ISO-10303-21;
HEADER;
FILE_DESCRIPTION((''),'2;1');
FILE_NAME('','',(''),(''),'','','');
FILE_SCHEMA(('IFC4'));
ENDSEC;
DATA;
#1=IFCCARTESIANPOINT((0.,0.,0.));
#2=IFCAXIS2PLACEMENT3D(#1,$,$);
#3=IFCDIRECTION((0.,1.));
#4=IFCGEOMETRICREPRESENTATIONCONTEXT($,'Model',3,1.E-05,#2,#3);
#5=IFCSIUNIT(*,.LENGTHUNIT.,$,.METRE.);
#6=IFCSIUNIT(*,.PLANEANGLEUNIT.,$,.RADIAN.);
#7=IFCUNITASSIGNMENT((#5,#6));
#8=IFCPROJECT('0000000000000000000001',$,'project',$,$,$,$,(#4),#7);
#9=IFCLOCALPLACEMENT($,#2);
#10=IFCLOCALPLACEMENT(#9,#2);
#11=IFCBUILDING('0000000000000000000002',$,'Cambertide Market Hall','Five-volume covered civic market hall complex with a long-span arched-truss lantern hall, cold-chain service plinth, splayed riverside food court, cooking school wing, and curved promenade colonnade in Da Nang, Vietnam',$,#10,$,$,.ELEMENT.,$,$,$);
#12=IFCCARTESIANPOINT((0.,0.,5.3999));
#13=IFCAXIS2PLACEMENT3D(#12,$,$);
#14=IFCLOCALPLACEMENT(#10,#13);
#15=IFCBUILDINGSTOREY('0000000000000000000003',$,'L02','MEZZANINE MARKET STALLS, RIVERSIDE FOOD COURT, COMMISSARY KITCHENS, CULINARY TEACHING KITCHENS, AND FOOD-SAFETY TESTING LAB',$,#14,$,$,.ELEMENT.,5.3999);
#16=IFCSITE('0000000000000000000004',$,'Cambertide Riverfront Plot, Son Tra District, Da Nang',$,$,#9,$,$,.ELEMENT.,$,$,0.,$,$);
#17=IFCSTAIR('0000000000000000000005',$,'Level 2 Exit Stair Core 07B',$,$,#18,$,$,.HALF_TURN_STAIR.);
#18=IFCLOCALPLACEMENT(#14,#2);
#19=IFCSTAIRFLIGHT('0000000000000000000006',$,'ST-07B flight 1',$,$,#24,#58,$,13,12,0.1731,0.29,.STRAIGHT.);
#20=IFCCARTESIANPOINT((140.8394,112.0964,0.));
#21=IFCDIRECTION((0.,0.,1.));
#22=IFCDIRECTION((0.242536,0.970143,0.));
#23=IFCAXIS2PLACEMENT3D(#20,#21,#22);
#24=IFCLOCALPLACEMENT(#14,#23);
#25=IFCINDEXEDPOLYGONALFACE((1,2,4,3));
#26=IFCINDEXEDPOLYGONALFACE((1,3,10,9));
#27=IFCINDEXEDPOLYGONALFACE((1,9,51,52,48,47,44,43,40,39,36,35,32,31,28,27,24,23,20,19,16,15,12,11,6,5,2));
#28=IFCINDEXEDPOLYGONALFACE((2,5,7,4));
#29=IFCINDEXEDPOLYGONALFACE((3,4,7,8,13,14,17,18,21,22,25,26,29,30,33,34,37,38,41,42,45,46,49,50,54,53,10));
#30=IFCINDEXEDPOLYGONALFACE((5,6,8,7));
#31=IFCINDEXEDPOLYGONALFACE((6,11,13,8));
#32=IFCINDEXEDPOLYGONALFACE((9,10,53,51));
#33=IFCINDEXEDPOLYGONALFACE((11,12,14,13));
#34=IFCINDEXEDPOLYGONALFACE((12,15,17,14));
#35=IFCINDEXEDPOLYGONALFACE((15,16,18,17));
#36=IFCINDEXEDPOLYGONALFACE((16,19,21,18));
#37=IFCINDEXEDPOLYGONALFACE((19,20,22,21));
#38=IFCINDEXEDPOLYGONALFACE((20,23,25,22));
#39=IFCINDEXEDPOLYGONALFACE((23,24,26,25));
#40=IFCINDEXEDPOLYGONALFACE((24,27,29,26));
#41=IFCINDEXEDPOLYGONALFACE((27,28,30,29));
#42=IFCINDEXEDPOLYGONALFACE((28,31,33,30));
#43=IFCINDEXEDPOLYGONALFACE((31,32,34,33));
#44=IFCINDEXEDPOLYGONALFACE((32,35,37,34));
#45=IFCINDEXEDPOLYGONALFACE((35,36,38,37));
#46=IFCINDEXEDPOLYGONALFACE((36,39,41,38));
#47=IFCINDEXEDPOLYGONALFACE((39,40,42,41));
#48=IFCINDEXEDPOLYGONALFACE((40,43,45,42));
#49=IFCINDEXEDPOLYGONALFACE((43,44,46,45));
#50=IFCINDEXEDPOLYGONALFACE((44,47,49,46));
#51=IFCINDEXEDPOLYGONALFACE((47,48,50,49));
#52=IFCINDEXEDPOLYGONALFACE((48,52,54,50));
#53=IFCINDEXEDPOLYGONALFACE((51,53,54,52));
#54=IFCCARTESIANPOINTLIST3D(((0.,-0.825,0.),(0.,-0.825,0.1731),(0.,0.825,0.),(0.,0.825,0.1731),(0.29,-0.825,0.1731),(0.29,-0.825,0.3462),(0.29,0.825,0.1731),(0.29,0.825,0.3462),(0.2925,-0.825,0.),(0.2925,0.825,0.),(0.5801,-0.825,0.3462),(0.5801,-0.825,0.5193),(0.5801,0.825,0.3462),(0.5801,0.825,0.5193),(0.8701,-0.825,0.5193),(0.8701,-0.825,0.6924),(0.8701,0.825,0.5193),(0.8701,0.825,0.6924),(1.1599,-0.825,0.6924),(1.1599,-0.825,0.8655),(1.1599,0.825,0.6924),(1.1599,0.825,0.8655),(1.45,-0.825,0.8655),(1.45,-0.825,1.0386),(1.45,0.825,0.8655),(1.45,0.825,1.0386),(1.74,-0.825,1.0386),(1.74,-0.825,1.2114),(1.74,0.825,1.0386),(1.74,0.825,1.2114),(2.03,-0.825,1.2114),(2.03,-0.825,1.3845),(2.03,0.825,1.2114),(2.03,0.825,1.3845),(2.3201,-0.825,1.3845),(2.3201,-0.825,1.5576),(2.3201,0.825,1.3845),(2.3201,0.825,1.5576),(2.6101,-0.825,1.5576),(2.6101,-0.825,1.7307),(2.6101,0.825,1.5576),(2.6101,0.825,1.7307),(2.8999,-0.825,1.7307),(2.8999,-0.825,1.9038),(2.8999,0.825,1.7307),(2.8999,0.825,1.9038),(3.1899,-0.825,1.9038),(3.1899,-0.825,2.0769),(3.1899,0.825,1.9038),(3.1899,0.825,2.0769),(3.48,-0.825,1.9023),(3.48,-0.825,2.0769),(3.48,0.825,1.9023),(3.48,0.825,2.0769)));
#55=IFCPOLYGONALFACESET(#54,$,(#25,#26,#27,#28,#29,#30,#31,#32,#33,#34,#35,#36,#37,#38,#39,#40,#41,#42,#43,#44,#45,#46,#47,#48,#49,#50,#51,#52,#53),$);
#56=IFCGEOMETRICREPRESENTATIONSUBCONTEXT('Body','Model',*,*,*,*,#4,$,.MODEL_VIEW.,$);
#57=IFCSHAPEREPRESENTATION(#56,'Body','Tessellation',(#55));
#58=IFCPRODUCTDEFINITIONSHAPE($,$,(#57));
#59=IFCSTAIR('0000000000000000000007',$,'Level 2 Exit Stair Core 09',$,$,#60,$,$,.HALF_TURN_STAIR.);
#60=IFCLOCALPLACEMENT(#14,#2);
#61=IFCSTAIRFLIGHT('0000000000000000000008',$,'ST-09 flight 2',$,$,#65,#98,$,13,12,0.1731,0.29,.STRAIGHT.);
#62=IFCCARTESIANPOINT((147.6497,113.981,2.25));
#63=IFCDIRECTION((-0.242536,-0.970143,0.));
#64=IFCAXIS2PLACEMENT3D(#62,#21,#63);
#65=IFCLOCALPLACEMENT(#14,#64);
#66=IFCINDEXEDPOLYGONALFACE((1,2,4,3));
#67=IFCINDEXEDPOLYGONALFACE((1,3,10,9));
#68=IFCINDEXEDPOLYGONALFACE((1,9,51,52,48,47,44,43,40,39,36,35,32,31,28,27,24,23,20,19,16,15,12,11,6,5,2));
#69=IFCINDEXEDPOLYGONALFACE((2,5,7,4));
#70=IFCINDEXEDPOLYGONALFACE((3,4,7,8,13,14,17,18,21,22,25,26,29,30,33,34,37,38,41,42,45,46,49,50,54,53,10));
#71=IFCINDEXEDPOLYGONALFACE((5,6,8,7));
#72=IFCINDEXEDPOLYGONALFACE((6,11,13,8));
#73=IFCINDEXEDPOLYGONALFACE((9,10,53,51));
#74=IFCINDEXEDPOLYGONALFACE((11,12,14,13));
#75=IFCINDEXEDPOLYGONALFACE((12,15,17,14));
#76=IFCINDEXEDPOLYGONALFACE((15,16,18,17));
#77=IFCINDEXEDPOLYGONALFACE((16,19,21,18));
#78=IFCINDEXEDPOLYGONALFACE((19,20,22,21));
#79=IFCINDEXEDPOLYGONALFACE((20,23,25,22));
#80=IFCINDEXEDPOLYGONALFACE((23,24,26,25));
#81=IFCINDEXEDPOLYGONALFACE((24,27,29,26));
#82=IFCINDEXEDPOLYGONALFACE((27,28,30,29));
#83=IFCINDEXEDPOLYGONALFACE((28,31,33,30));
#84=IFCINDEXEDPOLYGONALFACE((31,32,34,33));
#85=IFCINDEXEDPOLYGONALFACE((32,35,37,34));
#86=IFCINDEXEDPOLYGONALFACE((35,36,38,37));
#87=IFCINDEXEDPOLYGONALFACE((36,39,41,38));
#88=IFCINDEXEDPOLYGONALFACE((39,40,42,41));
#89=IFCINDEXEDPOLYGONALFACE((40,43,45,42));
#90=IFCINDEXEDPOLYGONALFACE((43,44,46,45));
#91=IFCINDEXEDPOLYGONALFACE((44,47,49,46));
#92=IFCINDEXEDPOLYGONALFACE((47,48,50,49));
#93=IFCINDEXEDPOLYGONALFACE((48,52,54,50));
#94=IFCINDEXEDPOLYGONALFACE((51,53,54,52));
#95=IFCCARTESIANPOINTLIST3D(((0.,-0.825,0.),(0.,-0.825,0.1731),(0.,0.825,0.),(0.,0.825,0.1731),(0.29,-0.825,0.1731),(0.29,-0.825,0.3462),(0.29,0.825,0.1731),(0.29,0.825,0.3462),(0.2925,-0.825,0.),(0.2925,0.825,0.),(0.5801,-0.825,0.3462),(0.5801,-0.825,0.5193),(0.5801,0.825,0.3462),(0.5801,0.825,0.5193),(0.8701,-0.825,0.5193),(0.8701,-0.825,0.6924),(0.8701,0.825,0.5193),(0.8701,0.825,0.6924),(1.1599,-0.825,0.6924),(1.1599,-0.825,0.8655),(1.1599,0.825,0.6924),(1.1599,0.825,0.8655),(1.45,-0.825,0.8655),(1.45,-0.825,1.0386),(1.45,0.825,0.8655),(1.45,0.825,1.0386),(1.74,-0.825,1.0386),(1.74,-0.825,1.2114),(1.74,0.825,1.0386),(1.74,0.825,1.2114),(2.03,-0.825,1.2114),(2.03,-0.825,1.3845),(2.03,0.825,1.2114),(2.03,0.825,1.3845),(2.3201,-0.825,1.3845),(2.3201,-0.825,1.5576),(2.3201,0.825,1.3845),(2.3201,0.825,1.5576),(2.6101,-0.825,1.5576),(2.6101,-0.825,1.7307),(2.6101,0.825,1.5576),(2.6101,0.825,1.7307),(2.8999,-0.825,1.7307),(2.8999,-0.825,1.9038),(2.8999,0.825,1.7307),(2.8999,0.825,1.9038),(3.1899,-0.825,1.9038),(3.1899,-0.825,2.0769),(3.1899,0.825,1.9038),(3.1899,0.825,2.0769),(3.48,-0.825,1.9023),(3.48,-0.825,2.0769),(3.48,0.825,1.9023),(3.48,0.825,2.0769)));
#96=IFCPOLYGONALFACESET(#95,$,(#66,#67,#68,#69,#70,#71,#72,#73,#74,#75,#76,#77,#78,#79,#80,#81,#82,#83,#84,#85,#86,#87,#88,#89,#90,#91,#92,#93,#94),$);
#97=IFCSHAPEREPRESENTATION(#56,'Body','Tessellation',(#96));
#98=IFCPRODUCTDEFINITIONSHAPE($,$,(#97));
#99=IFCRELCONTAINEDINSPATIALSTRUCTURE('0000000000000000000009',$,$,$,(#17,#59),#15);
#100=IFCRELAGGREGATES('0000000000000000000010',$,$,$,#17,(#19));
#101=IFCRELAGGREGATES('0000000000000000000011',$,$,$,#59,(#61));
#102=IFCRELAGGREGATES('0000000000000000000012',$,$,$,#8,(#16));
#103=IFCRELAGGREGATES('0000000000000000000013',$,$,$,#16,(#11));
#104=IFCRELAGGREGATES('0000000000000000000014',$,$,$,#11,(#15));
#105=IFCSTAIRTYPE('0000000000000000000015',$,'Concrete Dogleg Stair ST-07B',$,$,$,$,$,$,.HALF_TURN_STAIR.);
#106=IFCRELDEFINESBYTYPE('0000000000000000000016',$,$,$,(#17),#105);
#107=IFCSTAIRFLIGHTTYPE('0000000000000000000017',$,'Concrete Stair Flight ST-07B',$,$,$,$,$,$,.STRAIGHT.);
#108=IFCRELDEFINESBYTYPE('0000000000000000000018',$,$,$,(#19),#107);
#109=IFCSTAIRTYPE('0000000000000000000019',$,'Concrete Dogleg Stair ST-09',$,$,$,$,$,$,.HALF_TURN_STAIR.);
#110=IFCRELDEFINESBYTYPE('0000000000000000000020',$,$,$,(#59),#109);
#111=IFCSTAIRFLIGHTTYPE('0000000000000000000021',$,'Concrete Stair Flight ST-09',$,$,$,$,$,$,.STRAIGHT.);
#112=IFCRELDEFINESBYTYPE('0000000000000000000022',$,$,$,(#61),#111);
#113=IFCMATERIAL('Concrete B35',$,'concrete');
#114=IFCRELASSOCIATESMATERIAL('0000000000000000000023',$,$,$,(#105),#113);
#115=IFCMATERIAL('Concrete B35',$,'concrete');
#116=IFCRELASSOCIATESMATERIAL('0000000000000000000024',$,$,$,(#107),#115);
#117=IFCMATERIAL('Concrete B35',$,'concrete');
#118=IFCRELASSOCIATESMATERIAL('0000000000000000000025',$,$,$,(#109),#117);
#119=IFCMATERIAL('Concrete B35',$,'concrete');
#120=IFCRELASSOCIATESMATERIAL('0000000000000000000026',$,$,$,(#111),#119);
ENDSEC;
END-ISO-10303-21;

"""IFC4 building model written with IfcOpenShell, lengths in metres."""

from ifc_helpers import new_model, si_unit, direction, frame, origin, place, context, subcontext, project, spatial, polyline, outline, extrude, material, type_object, element, aggregate, save


model = new_model("IFC4")

# Units and contexts
model_context = context("Model", 3, precision=1e-05, world=origin(), true_north=direction((0.0, 1.0)))
body_context = subcontext(model_context, "Body", "Model", "MODEL_VIEW")
ifc_project = project(units=[si_unit("LENGTHUNIT", "METRE"), si_unit("PLANEANGLEUNIT", "RADIAN")], contexts=[model_context])

# Site, building, storey
site_placement = place(None, origin())
site = spatial("IfcSite", under=ifc_project, at=site_placement, Name="Cambertide Riverfront Plot, Son Tra District, Da Nang", CompositionType="ELEMENT", RefElevation=0.0)
building_placement = place(site_placement, origin())
building = spatial("IfcBuilding", under=site, at=building_placement, Name="Cambertide Market Hall", Description="Five-volume covered civic market hall complex with a long-span arched-truss lantern hall, cold-chain service plinth, splayed riverside food court, cooking school wing, and curved promenade colonnade in Da Nang, Vietnam", CompositionType="ELEMENT")
storey_placement = place(building_placement, frame((0.0, 0.0, 5.3999)))
storey = spatial("IfcBuildingStorey", under=building, at=storey_placement, Name="L02", Description="MEZZANINE MARKET STALLS, RIVERSIDE FOOD COURT, COMMISSARY KITCHENS, CULINARY TEACHING KITCHENS, AND FOOD-SAFETY TESTING LAB", CompositionType="ELEMENT", Elevation=5.3999)

# Stairs, stair flights
ifc_material_1 = material(Name="Concrete B35", Category="concrete")
stair_type_1 = type_object("IfcStairType", Name="Concrete Dogleg Stair ST-07B", PredefinedType="HALF_TURN_STAIR", material=ifc_material_1)
stair_1_placement = place(storey_placement, origin())
stair_1 = element("IfcStair", 1, at=stair_1_placement, inside=storey, type_object=stair_type_1, Name="Level 2 Exit Stair Core 07B", PredefinedType="HALF_TURN_STAIR")
ifc_material_2 = material(Name="Concrete B35", Category="concrete")
stair_flight_type_1 = type_object("IfcStairFlightType", Name="Concrete Stair Flight ST-07B", PredefinedType="STRAIGHT", material=ifc_material_2)
stair_flight_1_placement = place(storey_placement, frame((140.8394, 112.0964, 0.0), z_axis=(0.0, 0.0, 1.0), x_axis=(0.242536, 0.970143, 0.0)))
stair_flight_1 = element("IfcStairFlight", 2, at=stair_flight_1_placement, type_object=stair_flight_type_1, Name="ST-07B flight 1", NumberOfRisers=13, NumberOfTreads=12, PredefinedType="STRAIGHT", RiserHeight=0.1731, TreadLength=0.29, context=body_context, shape_type="SweptSolid", body=[
    extrude(outline(polyline([(0.0, 0.0), (0.0, 0.1731), (0.29, 0.1731), (0.29, 0.3462), (0.5801, 0.3462), (0.5801, 0.5193), (0.8701, 0.5193), (0.8701, 0.6924), (1.1599, 0.6924), (1.1599, 0.8655), (1.45, 0.8655), (1.45, 1.0386), (1.74, 1.0386), (1.74, 1.2114), (2.03, 1.2114), (2.03, 1.3845), (2.3201, 1.3845), (2.3201, 1.5576), (2.6101, 1.5576), (2.6101, 1.7307), (2.8999, 1.7307), (2.8999, 1.9038), (3.1899, 1.9038), (3.1899, 2.0769), (3.48, 2.0769), (3.48, 2.25), (3.48, 1.9023), (0.2925, 0.0), (0.0, 0.0)])), frame((0.0, 0.825, 0.0), z_axis=(0.0, -1.0, 0.0), x_axis=(1.0, 0.0, 0.0)), (0.0, 0.0, 1.0), 1.6499),
])
aggregate(stair_1, [stair_flight_1])
ifc_material_3 = material(Name="Concrete B35", Category="concrete")
stair_type_2 = type_object("IfcStairType", Name="Concrete Dogleg Stair ST-09", PredefinedType="HALF_TURN_STAIR", material=ifc_material_3)
stair_2_placement = place(storey_placement, origin())
stair_2 = element("IfcStair", 3, at=stair_2_placement, inside=storey, type_object=stair_type_2, Name="Level 2 Exit Stair Core 09", PredefinedType="HALF_TURN_STAIR")
ifc_material_4 = material(Name="Concrete B35", Category="concrete")
stair_flight_type_2 = type_object("IfcStairFlightType", Name="Concrete Stair Flight ST-09", PredefinedType="STRAIGHT", material=ifc_material_4)
stair_flight_2_placement = place(storey_placement, frame((147.6497, 113.981, 2.25), z_axis=(0.0, 0.0, 1.0), x_axis=(-0.242536, -0.970143, 0.0)))
stair_flight_2 = element("IfcStairFlight", 4, at=stair_flight_2_placement, type_object=stair_flight_type_2, Name="ST-09 flight 2", NumberOfRisers=13, NumberOfTreads=12, PredefinedType="STRAIGHT", RiserHeight=0.1731, TreadLength=0.29, context=body_context, shape_type="SweptSolid", body=[
    extrude(outline(polyline([(0.0, 0.0), (0.0, 0.1731), (0.29, 0.1731), (0.29, 0.3462), (0.5801, 0.3462), (0.5801, 0.5193), (0.8701, 0.5193), (0.8701, 0.6924), (1.1599, 0.6924), (1.1599, 0.8655), (1.45, 0.8655), (1.45, 1.0386), (1.74, 1.0386), (1.74, 1.2114), (2.03, 1.2114), (2.03, 1.3845), (2.3201, 1.3845), (2.3201, 1.5576), (2.6101, 1.5576), (2.6101, 1.7307), (2.8999, 1.7307), (2.8999, 1.9038), (3.1899, 1.9038), (3.1899, 2.0769), (3.48, 2.0769), (3.48, 2.25), (3.48, 1.9023), (0.2925, 0.0), (0.0, 0.0)])), frame((0.0, 0.825, 0.0), z_axis=(0.0, -1.0, 0.0), x_axis=(1.0, 0.0, 0.0)), (0.0, 0.0, 1.0), 1.6499),
])
aggregate(stair_2, [stair_flight_2])

save(model, "model.ifc")
